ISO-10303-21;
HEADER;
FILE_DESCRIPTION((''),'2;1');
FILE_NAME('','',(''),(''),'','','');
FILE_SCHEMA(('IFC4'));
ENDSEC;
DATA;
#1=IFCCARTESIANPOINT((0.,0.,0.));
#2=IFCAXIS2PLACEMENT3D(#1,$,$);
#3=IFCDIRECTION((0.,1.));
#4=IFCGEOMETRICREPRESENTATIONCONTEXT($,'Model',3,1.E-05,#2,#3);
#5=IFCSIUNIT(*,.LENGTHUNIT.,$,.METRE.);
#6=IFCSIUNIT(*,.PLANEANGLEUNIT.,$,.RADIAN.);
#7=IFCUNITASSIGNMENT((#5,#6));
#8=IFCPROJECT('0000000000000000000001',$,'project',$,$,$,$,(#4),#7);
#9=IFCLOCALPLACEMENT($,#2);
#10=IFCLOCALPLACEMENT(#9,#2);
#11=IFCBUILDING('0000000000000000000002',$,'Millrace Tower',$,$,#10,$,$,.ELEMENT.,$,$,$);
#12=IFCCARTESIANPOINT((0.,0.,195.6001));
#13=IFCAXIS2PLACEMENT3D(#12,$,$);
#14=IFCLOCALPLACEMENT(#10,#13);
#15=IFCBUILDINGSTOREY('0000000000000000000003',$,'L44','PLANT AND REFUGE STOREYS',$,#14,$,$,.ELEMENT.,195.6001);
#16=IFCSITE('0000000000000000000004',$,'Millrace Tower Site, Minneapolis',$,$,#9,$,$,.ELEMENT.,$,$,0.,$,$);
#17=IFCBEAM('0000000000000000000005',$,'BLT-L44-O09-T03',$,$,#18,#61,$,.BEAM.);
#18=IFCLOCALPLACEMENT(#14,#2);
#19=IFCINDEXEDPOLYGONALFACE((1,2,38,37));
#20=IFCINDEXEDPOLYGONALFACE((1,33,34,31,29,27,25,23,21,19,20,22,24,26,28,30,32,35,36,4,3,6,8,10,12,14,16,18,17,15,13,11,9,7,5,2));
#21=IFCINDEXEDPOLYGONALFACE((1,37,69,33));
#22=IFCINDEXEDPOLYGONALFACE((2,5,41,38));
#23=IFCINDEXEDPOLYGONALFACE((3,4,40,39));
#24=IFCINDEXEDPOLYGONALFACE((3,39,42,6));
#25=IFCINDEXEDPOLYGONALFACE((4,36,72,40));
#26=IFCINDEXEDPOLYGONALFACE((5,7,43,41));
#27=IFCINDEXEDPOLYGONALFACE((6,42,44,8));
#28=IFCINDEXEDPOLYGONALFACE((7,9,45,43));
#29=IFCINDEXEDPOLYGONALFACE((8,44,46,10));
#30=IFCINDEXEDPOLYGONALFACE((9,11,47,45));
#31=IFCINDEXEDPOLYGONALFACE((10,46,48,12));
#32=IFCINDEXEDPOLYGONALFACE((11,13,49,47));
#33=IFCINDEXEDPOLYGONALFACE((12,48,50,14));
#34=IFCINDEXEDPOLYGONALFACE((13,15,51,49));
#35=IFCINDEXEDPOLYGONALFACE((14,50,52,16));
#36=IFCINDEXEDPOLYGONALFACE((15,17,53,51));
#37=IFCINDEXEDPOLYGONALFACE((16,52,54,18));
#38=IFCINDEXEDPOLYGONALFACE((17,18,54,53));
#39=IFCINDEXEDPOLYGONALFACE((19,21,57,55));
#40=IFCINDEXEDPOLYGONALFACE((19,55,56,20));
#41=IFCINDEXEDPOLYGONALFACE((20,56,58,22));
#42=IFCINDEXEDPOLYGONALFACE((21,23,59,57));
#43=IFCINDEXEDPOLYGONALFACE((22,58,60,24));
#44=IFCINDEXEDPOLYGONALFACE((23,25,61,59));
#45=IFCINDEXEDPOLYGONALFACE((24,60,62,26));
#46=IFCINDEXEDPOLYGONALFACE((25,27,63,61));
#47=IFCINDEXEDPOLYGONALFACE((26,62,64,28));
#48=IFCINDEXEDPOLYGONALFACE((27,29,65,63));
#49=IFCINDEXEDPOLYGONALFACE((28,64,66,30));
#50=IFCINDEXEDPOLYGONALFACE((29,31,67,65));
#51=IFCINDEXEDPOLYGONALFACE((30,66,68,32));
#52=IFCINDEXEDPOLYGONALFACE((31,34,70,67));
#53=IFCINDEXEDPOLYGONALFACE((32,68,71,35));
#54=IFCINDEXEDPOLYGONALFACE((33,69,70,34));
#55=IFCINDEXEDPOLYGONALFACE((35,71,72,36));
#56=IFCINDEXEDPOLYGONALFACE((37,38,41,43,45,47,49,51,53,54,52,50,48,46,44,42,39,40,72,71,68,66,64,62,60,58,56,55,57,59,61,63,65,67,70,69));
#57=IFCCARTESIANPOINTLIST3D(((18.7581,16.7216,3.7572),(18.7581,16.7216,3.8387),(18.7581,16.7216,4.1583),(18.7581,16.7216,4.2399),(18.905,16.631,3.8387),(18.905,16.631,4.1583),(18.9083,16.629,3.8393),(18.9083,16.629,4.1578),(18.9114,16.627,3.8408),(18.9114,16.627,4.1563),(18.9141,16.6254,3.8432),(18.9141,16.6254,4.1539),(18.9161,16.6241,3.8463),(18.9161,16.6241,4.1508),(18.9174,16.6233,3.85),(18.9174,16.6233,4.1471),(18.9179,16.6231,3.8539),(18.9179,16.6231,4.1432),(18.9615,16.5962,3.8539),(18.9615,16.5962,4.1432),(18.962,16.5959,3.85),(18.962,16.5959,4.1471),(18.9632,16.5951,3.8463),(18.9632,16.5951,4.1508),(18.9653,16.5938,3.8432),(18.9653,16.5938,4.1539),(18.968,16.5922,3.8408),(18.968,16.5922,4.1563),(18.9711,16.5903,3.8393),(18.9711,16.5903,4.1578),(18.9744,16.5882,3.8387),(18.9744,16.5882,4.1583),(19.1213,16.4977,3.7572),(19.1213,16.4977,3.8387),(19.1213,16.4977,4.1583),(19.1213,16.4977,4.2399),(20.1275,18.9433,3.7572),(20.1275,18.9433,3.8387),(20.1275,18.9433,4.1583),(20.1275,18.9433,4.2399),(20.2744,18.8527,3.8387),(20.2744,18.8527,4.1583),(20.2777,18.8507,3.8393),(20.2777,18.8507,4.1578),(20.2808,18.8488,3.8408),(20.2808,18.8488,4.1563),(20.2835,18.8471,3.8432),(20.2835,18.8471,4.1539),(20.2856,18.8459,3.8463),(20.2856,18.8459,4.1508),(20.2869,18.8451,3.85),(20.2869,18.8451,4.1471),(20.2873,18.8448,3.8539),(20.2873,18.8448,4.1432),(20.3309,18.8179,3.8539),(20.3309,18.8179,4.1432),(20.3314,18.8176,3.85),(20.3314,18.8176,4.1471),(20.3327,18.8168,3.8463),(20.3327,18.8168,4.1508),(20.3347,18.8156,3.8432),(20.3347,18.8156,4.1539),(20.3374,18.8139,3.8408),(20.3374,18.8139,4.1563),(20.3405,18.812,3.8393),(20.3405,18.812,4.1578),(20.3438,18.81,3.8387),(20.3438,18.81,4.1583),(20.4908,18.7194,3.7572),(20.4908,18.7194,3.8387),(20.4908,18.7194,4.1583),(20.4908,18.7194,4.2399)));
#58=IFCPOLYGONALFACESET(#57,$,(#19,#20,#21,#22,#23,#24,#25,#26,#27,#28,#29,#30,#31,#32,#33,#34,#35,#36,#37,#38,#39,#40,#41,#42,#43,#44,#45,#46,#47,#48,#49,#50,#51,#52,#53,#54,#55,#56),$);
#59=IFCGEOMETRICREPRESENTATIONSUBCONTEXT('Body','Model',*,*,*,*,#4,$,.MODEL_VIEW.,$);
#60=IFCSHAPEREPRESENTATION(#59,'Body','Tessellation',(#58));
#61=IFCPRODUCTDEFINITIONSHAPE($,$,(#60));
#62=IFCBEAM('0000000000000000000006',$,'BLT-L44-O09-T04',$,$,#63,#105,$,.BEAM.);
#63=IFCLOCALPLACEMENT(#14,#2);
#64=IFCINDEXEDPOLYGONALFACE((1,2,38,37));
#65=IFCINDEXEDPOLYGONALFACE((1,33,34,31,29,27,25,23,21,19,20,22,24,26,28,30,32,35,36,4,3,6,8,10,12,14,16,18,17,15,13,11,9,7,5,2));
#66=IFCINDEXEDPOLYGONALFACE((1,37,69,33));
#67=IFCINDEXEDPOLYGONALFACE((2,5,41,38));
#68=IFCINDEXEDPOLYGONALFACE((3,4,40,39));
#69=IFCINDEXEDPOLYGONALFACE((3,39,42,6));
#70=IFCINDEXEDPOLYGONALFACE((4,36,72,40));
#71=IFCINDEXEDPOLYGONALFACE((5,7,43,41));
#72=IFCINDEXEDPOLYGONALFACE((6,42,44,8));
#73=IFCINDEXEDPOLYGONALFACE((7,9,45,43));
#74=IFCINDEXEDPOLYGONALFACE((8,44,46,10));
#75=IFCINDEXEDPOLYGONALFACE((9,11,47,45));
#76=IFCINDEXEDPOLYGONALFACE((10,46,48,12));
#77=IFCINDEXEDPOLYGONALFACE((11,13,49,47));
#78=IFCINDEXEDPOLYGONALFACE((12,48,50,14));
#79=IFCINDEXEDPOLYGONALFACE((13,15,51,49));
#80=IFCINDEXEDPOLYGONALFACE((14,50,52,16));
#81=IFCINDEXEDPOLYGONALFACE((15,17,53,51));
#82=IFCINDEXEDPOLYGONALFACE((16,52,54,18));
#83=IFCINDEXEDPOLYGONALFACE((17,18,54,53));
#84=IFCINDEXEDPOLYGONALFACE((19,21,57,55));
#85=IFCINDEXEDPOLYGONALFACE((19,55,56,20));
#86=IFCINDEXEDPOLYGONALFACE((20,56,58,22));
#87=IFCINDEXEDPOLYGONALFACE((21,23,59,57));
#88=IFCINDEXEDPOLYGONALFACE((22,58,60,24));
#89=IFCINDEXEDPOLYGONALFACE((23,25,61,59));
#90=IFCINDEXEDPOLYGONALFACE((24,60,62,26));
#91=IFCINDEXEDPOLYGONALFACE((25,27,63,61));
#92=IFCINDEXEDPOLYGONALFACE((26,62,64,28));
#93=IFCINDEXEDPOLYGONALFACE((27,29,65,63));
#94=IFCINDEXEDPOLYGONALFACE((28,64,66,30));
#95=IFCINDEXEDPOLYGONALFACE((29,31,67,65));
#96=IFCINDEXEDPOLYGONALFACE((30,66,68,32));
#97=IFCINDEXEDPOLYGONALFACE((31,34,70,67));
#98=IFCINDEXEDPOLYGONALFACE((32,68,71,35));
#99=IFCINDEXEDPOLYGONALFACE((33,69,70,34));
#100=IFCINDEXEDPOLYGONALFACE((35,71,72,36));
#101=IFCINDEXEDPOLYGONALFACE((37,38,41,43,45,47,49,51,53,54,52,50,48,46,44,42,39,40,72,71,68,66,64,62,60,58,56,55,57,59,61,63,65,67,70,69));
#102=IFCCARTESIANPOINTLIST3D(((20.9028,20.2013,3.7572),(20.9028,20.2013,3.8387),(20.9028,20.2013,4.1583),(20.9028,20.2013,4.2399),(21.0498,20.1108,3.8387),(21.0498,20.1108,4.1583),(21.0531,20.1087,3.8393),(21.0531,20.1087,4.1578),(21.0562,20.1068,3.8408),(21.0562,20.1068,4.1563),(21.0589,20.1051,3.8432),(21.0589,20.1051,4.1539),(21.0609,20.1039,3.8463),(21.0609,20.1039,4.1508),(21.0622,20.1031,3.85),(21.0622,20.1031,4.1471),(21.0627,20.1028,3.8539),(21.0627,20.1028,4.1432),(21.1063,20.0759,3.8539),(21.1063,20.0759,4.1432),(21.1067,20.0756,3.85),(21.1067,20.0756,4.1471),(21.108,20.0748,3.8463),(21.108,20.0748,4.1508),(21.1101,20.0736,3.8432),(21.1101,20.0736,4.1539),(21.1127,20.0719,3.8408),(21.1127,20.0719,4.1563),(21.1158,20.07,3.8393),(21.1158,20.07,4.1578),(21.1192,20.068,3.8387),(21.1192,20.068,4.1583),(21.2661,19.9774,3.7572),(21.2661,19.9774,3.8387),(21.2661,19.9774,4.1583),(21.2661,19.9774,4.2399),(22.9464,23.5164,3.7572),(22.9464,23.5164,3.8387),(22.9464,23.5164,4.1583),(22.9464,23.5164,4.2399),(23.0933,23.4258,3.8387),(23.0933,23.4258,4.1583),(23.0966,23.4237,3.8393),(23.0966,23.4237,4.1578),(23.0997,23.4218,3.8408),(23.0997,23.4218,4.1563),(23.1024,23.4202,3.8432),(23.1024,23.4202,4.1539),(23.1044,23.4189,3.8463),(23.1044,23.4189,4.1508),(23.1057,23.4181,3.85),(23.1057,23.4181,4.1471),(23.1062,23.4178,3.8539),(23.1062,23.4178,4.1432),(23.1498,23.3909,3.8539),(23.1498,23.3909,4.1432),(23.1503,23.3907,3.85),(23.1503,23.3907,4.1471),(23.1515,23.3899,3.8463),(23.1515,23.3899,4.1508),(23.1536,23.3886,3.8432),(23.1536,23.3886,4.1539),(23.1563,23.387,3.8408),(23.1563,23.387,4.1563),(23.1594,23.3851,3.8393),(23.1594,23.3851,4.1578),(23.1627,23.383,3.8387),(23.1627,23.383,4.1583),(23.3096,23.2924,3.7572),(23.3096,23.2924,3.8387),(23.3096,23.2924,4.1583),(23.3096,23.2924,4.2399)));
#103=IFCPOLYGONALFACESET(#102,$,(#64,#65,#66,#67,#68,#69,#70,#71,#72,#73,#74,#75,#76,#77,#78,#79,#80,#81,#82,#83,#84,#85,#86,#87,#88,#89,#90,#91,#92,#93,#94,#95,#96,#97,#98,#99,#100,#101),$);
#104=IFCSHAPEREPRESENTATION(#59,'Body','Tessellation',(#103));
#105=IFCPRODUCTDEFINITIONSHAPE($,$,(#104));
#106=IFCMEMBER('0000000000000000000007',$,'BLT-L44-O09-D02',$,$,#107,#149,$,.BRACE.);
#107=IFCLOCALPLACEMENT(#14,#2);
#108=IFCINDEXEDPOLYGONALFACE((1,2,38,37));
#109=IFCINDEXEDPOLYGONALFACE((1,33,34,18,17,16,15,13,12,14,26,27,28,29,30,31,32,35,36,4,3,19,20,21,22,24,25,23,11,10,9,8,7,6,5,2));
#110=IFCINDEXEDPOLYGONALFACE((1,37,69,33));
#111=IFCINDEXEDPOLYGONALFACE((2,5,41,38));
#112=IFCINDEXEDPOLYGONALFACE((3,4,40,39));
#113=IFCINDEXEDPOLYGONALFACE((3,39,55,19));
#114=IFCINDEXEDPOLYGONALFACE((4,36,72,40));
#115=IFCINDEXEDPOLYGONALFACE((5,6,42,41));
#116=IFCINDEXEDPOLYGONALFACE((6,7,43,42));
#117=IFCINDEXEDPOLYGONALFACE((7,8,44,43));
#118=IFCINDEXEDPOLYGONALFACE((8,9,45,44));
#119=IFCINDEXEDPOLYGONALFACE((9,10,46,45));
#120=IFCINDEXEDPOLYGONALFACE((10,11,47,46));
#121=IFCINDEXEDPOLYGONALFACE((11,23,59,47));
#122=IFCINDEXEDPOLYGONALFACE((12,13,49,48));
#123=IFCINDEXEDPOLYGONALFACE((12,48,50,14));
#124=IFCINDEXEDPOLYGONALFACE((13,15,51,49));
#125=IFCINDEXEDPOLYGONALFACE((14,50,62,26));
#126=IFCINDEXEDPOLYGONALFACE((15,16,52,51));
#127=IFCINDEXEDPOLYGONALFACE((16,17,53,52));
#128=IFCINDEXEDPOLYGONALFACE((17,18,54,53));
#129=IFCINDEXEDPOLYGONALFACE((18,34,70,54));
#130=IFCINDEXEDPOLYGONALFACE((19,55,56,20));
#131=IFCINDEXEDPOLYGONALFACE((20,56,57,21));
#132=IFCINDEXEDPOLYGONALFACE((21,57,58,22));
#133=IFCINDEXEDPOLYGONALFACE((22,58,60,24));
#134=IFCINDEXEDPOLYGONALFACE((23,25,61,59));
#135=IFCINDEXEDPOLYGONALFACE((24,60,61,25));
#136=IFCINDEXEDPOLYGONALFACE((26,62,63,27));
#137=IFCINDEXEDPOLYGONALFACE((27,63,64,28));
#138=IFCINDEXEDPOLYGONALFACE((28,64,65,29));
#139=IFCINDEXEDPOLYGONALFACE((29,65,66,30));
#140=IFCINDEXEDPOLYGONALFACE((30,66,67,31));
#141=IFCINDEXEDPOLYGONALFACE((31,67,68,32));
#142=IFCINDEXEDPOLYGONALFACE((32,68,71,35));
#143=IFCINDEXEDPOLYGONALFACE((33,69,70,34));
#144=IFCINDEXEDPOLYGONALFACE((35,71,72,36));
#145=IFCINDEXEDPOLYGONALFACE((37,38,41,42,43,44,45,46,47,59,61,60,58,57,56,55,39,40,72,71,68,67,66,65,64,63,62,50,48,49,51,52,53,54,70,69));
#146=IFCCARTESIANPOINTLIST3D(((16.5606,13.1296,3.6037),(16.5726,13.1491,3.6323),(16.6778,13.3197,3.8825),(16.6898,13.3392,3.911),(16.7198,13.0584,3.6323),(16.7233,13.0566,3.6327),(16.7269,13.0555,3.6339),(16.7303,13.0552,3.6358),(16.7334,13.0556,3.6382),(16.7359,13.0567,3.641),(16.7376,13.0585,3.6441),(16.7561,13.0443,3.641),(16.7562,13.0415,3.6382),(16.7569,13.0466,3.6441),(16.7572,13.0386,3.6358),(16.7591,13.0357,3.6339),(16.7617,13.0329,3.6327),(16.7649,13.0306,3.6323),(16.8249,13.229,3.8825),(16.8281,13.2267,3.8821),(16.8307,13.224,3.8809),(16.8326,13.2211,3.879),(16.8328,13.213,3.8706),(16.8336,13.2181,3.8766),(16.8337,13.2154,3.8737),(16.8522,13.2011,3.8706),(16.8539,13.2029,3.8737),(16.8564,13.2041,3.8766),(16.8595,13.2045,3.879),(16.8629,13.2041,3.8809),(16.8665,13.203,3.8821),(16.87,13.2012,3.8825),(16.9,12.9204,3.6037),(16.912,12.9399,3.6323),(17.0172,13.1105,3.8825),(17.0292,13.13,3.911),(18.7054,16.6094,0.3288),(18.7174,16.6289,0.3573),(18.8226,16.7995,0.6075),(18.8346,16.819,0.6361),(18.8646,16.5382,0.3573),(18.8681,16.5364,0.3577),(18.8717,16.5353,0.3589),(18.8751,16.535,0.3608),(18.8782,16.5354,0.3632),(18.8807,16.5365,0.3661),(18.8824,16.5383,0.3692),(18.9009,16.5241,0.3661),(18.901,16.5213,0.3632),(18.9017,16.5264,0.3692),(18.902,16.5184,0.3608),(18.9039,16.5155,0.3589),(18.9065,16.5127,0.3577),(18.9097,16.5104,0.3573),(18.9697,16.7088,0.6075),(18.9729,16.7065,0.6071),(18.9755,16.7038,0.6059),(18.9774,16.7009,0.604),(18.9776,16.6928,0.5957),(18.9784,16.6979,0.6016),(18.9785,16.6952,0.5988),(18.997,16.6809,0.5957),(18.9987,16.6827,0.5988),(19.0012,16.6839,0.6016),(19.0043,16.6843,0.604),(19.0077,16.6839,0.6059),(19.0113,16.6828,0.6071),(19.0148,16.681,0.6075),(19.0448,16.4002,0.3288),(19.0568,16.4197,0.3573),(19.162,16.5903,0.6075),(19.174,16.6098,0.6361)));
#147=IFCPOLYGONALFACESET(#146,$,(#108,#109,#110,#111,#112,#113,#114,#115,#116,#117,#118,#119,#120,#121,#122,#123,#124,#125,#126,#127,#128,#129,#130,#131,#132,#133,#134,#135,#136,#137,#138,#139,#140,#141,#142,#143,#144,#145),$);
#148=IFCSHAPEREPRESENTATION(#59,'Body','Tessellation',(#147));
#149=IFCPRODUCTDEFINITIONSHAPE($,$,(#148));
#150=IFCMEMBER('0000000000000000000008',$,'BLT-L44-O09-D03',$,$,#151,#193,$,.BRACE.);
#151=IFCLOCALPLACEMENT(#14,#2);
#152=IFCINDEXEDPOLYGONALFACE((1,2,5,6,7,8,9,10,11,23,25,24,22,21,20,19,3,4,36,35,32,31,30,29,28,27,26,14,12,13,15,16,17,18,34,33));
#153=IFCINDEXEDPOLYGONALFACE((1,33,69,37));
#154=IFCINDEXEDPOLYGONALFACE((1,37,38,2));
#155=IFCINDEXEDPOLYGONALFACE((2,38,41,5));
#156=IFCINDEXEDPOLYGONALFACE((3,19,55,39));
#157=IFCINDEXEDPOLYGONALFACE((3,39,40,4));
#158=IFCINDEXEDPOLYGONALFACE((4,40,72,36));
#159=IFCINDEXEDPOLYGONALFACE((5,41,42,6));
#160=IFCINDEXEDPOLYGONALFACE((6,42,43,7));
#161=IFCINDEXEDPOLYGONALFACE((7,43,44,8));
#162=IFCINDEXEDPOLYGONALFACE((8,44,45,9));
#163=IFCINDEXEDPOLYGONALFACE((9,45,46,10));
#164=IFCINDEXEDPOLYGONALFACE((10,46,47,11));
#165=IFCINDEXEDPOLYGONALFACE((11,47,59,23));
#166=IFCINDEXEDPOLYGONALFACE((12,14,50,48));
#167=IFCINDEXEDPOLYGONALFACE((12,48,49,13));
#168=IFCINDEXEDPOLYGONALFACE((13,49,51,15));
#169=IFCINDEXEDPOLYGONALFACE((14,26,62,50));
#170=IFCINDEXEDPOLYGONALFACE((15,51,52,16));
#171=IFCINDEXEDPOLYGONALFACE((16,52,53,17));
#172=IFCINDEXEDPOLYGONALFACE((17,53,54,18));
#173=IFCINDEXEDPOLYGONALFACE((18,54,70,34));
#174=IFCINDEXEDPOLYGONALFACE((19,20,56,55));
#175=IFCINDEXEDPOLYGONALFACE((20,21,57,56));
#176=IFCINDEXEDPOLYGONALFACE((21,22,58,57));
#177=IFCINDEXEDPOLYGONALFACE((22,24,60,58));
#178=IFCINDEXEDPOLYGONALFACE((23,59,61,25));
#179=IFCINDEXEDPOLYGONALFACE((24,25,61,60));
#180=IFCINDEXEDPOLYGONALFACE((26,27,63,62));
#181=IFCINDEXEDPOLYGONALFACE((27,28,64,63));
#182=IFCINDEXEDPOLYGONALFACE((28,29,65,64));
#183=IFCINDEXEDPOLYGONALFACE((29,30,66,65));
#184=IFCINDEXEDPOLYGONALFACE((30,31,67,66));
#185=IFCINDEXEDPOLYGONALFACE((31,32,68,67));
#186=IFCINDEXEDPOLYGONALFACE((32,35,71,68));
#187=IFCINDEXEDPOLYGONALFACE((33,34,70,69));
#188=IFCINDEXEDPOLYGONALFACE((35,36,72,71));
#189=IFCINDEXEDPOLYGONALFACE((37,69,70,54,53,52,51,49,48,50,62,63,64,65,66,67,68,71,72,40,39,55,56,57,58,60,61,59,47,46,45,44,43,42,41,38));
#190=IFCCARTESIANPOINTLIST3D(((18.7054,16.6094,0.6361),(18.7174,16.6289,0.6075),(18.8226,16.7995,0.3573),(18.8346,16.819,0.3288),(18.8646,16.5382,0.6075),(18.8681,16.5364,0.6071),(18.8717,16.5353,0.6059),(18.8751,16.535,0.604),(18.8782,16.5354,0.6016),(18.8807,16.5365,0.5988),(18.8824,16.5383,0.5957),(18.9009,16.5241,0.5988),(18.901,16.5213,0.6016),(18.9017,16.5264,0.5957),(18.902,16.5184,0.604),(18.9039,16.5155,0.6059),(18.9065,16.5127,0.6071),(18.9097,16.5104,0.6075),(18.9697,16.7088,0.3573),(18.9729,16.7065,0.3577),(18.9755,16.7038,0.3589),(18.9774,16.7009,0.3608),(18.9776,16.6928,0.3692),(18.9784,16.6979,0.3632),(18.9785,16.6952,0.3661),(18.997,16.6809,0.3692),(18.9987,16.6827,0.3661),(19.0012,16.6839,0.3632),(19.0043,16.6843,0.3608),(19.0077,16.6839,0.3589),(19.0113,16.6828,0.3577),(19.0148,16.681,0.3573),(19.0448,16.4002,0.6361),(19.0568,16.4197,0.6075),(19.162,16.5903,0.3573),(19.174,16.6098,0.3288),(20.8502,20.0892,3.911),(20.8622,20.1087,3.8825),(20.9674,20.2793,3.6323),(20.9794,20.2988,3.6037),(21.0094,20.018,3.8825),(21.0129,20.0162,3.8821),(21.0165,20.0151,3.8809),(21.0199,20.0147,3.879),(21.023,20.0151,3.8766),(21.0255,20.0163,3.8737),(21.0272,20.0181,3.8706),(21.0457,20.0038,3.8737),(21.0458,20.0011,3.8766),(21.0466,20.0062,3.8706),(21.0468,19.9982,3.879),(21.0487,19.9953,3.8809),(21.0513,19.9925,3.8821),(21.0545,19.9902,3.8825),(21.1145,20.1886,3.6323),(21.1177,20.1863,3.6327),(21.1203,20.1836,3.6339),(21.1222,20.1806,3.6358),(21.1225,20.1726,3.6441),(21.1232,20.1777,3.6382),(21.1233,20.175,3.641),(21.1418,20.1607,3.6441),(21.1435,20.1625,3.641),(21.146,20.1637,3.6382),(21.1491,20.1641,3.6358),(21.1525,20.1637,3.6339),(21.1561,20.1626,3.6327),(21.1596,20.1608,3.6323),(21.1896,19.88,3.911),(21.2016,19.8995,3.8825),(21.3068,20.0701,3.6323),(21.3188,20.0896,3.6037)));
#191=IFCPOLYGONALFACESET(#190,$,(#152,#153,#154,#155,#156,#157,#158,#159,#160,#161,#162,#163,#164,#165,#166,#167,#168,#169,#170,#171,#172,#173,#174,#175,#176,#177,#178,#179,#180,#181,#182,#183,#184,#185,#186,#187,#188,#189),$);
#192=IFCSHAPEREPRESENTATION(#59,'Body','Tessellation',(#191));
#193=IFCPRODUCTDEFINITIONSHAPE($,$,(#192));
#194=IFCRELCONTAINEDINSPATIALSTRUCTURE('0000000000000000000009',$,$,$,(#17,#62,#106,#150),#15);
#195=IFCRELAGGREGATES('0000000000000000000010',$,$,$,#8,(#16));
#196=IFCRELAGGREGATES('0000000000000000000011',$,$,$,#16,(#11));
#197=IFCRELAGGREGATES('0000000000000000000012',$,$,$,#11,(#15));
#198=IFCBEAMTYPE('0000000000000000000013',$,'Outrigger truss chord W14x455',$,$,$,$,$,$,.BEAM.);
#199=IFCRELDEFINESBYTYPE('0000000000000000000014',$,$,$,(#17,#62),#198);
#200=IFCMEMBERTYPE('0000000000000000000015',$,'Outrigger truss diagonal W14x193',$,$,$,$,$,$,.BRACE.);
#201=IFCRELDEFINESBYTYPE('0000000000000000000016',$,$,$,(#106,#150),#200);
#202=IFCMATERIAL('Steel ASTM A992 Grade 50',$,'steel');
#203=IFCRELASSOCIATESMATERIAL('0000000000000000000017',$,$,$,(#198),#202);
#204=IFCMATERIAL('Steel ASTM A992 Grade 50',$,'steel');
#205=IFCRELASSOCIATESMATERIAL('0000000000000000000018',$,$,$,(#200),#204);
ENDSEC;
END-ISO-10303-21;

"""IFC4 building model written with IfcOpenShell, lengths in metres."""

from ifc_helpers import new_model, si_unit, direction, frame, origin, origin_2d, place, context, subcontext, project, spatial, i_section, extrude, material, material_profile, profile_set, type_object, element, save


model = new_model("IFC4")

# Units and contexts
model_context = context("Model", 3, precision=1e-05, world=origin(), true_north=direction((0.0, 1.0)))
body_context = subcontext(model_context, "Body", "Model", "MODEL_VIEW")
ifc_project = project(units=[si_unit("LENGTHUNIT", "METRE"), si_unit("PLANEANGLEUNIT", "RADIAN")], contexts=[model_context])

# Site, building, storey
site_placement = place(None, origin())
site = spatial("IfcSite", under=ifc_project, at=site_placement, Name="Millrace Tower Site, Minneapolis", CompositionType="ELEMENT", RefElevation=0.0)
building_placement = place(site_placement, origin())
building = spatial("IfcBuilding", under=site, at=building_placement, Name="Millrace Tower", CompositionType="ELEMENT")
storey_placement = place(building_placement, frame((0.0, 0.0, 195.6001)))
storey = spatial("IfcBuildingStorey", under=building, at=storey_placement, Name="L44", Description="PLANT AND REFUGE STOREYS", CompositionType="ELEMENT", Elevation=195.6001)

# Beams
ifc_material_1 = material(Name="Steel ASTM A992 Grade 50", Category="steel")
ifc_material_profile_1 = material_profile(ifc_material_1, i_section(OverallWidth=0.4268, OverallDepth=0.4827, WebThickness=0.0513, FlangeThickness=0.0815, FilletRadius=0.0151, at=origin_2d()))
ifc_profile_set_1 = profile_set([ifc_material_profile_1], Name="Steel ASTM A992 Grade 50")
beam_type_1 = type_object("IfcBeamType", Name="Outrigger truss chord W14x455", PredefinedType="BEAM", material=ifc_profile_set_1)
beam_1_placement = place(storey_placement, frame((18.9397, 16.6096, 3.9985), z_axis=(0.524708, 0.851282, 0.0), x_axis=(-0.851282, 0.524708, 0.0)))
element("IfcBeam", 1, at=beam_1_placement, inside=storey, type_object=beam_type_1, Name="BLT-L44-O09-T03", PredefinedType="BEAM", context=body_context, shape_type="SweptSolid", body=[
    extrude(i_section(OverallWidth=0.4268, OverallDepth=0.4827, WebThickness=0.0513, FlangeThickness=0.0815, FilletRadius=0.0151, at=origin_2d()), origin(), (0.0, 0.0, 1.0), 2.6099),
])
beam_2_placement = place(storey_placement, frame((21.0845, 20.0894, 3.9985), z_axis=(0.524748, 0.851258, 0.0), x_axis=(-0.851258, 0.524748, 0.0)))
element("IfcBeam", 2, at=beam_2_placement, inside=storey, type_object=beam_type_1, Name="BLT-L44-O09-T04", PredefinedType="BEAM", context=body_context, shape_type="SweptSolid", body=[
    extrude(i_section(OverallWidth=0.4268, OverallDepth=0.4827, WebThickness=0.0513, FlangeThickness=0.0815, FilletRadius=0.0151, at=origin_2d()), origin(), (0.0, 0.0, 1.0), 3.8943),
])

# Members
ifc_material_2 = material(Name="Steel ASTM A992 Grade 50", Category="steel")
ifc_material_profile_2 = material_profile(ifc_material_2, i_section(OverallWidth=0.3987, OverallDepth=0.3938, WebThickness=0.0227, FlangeThickness=0.0366, FilletRadius=0.0151, at=origin_2d()))
ifc_profile_set_2 = profile_set([ifc_material_profile_2], Name="Steel ASTM A992 Grade 50")
member_type_1 = type_object("IfcMemberType", Name="Outrigger truss diagonal W14x193", PredefinedType="BRACE", material=ifc_profile_set_2)
for number, where, z_axis, x_axis, name in (
    (3, (18.9397, 16.6096, 0.4824), (-0.409487, -0.664362, 0.625255), (0.851287, -0.5247, 0.0), "BLT-L44-O09-D02"),
    (4, (18.9397, 16.6096, 0.4824), (0.409487, 0.664362, 0.625255), (-0.851287, 0.5247, 0.0), "BLT-L44-O09-D03"),
):
    element("IfcMember", number, at=place(storey_placement, frame(where, z_axis=z_axis, x_axis=x_axis)), inside=storey, type_object=member_type_1, Name=name, PredefinedType="BRACE", context=body_context, shape_type="SweptSolid", body=[
        extrude(i_section(OverallWidth=0.3987, OverallDepth=0.3938, WebThickness=0.0227, FlangeThickness=0.0366, FilletRadius=0.0151, at=origin_2d()), origin(), (0.0, 0.0, 1.0), 5.2378),
    ])

save(model, "model.ifc")
